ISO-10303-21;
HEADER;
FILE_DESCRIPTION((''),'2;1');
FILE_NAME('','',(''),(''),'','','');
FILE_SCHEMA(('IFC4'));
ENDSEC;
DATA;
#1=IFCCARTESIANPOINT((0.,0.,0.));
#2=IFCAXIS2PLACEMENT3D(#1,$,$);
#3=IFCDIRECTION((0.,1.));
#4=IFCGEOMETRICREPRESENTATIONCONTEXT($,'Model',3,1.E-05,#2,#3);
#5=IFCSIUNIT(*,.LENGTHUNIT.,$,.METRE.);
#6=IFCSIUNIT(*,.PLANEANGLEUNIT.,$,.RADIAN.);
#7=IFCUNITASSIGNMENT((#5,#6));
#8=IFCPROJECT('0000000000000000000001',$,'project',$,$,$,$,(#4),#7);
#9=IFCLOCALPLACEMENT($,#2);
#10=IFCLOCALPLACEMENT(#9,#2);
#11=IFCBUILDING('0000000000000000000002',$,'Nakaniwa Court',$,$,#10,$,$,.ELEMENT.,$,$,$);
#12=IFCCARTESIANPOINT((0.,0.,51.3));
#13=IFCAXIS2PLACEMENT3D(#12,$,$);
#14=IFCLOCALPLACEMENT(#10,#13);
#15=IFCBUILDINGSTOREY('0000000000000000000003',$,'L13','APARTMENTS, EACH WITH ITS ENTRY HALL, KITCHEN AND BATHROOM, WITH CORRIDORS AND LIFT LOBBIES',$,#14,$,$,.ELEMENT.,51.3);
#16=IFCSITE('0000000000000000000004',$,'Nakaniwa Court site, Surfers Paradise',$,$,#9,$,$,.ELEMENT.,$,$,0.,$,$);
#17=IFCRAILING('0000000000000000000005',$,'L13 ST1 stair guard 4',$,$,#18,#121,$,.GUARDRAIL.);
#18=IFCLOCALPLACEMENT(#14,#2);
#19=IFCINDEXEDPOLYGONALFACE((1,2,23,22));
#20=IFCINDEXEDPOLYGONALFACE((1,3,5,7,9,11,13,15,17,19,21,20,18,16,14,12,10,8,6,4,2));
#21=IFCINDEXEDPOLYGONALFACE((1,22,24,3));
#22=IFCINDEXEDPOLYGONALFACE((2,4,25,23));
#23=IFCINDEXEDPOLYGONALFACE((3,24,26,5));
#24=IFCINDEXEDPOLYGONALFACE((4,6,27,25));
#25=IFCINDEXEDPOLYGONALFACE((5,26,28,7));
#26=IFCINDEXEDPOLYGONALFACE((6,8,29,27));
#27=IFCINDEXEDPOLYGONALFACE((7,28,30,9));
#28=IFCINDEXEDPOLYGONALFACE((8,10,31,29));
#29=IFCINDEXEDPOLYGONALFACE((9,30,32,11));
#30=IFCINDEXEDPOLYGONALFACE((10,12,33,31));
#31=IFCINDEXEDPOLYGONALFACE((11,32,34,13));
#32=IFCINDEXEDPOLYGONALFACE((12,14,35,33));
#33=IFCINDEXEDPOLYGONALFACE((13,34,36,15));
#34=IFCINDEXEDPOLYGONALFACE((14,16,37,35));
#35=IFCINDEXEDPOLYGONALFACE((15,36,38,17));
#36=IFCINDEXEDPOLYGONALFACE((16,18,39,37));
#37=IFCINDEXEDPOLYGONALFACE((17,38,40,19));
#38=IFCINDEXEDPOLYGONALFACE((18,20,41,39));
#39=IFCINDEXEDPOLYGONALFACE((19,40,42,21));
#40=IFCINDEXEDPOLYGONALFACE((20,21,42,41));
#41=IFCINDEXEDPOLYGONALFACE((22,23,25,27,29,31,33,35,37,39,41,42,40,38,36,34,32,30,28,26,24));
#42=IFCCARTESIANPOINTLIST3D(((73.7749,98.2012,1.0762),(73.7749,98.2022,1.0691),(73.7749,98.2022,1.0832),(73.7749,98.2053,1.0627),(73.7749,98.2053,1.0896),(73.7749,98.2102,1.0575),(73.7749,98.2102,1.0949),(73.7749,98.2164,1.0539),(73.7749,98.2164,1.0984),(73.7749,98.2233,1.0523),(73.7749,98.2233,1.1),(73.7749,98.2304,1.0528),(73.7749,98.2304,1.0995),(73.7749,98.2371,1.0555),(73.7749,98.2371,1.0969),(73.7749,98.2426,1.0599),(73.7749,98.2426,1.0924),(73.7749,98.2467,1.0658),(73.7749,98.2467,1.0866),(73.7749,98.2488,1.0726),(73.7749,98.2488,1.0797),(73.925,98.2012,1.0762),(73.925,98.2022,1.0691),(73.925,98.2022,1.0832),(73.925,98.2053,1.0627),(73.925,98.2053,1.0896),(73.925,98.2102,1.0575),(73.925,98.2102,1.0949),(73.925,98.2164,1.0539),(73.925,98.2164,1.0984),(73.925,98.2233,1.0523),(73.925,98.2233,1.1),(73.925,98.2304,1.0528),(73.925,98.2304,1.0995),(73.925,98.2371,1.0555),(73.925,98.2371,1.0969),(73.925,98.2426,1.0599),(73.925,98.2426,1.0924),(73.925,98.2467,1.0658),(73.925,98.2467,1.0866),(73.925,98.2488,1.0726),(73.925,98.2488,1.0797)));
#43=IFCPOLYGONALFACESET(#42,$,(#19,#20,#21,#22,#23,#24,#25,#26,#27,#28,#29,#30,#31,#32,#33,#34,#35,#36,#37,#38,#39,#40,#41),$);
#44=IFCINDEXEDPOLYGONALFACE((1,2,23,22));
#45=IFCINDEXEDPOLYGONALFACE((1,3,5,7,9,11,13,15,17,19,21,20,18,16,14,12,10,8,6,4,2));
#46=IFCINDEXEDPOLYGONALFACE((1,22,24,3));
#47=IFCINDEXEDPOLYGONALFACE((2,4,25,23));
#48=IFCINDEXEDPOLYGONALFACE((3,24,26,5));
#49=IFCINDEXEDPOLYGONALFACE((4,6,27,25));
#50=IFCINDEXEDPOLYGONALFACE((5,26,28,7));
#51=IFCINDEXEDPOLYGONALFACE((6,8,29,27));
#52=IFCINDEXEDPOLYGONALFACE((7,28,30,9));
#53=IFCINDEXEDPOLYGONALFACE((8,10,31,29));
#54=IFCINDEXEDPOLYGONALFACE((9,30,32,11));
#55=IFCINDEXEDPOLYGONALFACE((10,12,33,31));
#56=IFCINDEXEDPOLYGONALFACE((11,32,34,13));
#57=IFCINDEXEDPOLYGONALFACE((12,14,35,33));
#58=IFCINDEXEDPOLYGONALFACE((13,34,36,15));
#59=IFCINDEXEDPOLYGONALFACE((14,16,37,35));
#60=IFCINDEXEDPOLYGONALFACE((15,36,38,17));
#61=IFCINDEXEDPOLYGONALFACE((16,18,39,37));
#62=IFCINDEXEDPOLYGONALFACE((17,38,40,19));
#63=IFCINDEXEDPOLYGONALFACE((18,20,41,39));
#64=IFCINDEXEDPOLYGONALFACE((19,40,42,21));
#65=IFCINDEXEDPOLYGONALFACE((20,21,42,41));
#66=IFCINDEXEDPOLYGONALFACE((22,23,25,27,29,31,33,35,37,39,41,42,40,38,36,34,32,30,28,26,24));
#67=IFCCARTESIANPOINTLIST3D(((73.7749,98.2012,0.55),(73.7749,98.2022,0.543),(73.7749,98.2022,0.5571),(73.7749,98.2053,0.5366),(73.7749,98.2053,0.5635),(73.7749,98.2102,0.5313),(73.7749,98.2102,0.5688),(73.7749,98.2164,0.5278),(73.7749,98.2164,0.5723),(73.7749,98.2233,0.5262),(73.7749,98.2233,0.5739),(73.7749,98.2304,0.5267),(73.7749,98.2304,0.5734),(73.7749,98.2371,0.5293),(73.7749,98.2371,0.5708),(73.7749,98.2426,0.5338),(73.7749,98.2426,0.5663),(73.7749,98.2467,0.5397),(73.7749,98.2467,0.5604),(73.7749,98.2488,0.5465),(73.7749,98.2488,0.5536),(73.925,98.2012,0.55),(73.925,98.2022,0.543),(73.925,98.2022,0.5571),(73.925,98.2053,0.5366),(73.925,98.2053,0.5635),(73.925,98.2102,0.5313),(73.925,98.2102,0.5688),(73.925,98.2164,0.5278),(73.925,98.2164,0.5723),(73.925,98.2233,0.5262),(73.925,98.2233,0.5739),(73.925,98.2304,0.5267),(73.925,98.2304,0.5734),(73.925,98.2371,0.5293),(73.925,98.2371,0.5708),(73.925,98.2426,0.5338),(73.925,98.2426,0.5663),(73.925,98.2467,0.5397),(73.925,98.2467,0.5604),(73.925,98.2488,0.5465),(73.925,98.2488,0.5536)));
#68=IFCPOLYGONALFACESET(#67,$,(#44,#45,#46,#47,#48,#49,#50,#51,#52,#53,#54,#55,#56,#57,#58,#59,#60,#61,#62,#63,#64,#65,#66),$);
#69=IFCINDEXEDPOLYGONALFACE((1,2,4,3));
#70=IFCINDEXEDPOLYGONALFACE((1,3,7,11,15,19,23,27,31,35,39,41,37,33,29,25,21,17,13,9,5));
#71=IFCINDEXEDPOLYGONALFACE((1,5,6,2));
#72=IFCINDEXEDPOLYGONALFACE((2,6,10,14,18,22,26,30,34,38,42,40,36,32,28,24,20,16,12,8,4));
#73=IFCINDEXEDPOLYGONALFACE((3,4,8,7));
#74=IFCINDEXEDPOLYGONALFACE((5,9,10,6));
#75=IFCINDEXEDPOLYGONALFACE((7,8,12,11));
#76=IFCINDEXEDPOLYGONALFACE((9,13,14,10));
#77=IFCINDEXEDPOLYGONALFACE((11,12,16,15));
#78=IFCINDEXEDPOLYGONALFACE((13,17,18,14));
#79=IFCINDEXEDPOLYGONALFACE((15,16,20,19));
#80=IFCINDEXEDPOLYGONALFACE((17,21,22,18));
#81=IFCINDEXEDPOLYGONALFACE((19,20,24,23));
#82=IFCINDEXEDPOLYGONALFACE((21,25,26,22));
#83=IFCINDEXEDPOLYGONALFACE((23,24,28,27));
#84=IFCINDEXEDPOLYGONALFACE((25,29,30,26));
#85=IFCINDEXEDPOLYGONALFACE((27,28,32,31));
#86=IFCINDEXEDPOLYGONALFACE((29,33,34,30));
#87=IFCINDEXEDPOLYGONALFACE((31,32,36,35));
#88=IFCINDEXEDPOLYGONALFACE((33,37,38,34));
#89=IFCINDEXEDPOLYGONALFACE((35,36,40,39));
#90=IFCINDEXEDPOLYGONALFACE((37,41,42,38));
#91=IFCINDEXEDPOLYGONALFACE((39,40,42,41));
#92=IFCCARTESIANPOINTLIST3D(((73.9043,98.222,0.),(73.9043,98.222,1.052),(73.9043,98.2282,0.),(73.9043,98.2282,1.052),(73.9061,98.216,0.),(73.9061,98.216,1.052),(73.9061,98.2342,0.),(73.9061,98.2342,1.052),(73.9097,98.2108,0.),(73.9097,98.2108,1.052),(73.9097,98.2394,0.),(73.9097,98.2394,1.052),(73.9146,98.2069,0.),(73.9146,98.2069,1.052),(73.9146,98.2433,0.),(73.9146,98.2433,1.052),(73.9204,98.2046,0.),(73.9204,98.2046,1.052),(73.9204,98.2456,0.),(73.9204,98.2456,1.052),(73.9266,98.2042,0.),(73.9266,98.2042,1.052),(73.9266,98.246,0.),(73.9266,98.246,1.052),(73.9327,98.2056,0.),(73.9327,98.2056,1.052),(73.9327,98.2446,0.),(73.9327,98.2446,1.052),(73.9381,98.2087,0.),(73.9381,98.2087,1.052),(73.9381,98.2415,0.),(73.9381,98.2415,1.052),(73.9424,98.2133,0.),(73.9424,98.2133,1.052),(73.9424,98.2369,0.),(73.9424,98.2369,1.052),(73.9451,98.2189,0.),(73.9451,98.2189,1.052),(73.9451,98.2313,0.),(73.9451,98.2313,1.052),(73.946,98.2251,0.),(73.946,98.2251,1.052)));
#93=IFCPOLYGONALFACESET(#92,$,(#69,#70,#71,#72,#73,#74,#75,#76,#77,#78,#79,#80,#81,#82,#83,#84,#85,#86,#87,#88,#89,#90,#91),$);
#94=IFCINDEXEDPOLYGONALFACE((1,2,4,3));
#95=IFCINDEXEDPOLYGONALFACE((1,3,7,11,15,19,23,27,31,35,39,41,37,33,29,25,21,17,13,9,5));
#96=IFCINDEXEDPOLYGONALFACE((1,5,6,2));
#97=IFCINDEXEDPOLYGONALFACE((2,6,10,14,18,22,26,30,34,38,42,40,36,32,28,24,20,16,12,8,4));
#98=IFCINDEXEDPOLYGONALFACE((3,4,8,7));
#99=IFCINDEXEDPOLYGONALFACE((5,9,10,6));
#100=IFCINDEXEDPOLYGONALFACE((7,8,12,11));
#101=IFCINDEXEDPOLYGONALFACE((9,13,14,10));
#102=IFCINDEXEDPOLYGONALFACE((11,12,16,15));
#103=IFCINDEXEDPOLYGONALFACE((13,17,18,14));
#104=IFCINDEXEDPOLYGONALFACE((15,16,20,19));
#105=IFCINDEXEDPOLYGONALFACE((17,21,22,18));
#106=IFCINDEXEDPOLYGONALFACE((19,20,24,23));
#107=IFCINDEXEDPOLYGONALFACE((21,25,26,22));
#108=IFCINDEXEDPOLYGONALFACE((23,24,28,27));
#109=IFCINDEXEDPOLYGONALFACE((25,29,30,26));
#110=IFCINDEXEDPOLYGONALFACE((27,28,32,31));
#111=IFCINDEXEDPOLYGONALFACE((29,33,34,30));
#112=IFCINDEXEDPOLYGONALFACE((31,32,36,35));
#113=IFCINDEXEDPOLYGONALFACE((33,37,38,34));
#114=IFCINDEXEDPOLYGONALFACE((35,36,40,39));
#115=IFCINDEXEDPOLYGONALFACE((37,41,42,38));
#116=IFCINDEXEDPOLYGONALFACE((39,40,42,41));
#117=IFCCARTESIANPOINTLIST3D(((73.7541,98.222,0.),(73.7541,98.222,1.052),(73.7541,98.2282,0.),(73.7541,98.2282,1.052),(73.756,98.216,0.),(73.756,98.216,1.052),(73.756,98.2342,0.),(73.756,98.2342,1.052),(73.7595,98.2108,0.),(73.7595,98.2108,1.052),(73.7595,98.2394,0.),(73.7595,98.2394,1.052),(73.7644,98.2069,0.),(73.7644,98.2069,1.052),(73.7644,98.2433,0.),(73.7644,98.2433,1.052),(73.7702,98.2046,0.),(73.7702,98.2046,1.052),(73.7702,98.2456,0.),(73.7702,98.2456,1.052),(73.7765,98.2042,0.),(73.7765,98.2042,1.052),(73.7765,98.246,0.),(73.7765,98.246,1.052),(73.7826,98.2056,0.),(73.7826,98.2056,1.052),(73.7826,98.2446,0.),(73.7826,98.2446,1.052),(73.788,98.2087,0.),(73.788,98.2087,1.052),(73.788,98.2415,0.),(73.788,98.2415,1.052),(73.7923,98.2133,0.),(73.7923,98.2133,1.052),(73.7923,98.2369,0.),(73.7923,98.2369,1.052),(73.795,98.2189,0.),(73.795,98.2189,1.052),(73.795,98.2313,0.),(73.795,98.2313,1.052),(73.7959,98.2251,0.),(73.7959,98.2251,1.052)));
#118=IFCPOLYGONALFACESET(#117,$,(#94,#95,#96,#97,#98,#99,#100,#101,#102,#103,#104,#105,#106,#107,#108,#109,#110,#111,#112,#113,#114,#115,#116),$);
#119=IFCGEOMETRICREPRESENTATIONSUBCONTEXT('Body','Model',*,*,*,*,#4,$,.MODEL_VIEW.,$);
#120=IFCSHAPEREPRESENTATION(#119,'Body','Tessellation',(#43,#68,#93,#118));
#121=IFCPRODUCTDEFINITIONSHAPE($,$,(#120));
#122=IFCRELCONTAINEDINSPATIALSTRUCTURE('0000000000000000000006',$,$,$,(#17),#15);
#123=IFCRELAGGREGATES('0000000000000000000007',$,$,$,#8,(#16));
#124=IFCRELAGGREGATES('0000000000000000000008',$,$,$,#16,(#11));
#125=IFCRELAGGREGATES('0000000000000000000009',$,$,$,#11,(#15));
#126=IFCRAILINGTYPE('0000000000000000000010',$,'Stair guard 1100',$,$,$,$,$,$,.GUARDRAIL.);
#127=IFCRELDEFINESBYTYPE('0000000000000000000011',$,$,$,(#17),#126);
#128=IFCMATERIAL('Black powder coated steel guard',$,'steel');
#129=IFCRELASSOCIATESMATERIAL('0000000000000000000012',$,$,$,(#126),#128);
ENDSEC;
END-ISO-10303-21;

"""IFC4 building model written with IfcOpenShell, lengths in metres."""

from ifc_helpers import new_model, si_unit, direction, frame, origin, origin_2d, place, context, subcontext, project, spatial, circle, extrude, material, type_object, element, save


model = new_model("IFC4")

# Units and contexts
model_context = context("Model", 3, precision=1e-05, world=origin(), true_north=direction((0.0, 1.0)))
body_context = subcontext(model_context, "Body", "Model", "MODEL_VIEW")
ifc_project = project(units=[si_unit("LENGTHUNIT", "METRE"), si_unit("PLANEANGLEUNIT", "RADIAN")], contexts=[model_context])

# Site, building, storey
site_placement = place(None, origin())
site = spatial("IfcSite", under=ifc_project, at=site_placement, Name="Nakaniwa Court site, Surfers Paradise", CompositionType="ELEMENT", RefElevation=0.0)
building_placement = place(site_placement, origin())
building = spatial("IfcBuilding", under=site, at=building_placement, Name="Nakaniwa Court", CompositionType="ELEMENT")
storey_placement = place(building_placement, frame((0.0, 0.0, 51.3)))
storey = spatial("IfcBuildingStorey", under=building, at=storey_placement, Name="L13", Description="APARTMENTS, EACH WITH ITS ENTRY HALL, KITCHEN AND BATHROOM, WITH CORRIDORS AND LIFT LOBBIES", CompositionType="ELEMENT", Elevation=51.3)

# Railing
ifc_material_1 = material(Name="Black powder coated steel guard", Category="steel")
railing_type_1 = type_object("IfcRailingType", Name="Stair guard 1100", PredefinedType="GUARDRAIL", material=ifc_material_1)
railing_1_placement = place(storey_placement, frame((73.925, 98.2251, 0.0)))
element("IfcRailing", 1, at=railing_1_placement, inside=storey, type_object=railing_type_1, Name="L13 ST1 stair guard 4", PredefinedType="GUARDRAIL", context=body_context, shape_type="SweptSolid", body=[
    extrude(circle(Radius=0.0239, at=origin_2d()), frame((0.0, 0.0, 1.0762), z_axis=(-1.0, 0.0, 0.0), x_axis=(0.0, -1.0, 0.0)), (0.0, 0.0, 1.0), 0.1501),
    extrude(circle(Radius=0.0239, at=origin_2d()), frame((0.0, 0.0, 0.55), z_axis=(-1.0, 0.0, 0.0), x_axis=(0.0, -1.0, 0.0)), (0.0, 0.0, 1.0), 0.1501),
    extrude(circle(Radius=0.021, at=origin_2d()), origin(), (0.0, 0.0, 1.0), 1.052),
    extrude(circle(Radius=0.021, at=origin_2d()), frame((-0.1501, 0.0, 0.0)), (0.0, 0.0, 1.0), 1.052),
])

save(model, "model.ifc")
